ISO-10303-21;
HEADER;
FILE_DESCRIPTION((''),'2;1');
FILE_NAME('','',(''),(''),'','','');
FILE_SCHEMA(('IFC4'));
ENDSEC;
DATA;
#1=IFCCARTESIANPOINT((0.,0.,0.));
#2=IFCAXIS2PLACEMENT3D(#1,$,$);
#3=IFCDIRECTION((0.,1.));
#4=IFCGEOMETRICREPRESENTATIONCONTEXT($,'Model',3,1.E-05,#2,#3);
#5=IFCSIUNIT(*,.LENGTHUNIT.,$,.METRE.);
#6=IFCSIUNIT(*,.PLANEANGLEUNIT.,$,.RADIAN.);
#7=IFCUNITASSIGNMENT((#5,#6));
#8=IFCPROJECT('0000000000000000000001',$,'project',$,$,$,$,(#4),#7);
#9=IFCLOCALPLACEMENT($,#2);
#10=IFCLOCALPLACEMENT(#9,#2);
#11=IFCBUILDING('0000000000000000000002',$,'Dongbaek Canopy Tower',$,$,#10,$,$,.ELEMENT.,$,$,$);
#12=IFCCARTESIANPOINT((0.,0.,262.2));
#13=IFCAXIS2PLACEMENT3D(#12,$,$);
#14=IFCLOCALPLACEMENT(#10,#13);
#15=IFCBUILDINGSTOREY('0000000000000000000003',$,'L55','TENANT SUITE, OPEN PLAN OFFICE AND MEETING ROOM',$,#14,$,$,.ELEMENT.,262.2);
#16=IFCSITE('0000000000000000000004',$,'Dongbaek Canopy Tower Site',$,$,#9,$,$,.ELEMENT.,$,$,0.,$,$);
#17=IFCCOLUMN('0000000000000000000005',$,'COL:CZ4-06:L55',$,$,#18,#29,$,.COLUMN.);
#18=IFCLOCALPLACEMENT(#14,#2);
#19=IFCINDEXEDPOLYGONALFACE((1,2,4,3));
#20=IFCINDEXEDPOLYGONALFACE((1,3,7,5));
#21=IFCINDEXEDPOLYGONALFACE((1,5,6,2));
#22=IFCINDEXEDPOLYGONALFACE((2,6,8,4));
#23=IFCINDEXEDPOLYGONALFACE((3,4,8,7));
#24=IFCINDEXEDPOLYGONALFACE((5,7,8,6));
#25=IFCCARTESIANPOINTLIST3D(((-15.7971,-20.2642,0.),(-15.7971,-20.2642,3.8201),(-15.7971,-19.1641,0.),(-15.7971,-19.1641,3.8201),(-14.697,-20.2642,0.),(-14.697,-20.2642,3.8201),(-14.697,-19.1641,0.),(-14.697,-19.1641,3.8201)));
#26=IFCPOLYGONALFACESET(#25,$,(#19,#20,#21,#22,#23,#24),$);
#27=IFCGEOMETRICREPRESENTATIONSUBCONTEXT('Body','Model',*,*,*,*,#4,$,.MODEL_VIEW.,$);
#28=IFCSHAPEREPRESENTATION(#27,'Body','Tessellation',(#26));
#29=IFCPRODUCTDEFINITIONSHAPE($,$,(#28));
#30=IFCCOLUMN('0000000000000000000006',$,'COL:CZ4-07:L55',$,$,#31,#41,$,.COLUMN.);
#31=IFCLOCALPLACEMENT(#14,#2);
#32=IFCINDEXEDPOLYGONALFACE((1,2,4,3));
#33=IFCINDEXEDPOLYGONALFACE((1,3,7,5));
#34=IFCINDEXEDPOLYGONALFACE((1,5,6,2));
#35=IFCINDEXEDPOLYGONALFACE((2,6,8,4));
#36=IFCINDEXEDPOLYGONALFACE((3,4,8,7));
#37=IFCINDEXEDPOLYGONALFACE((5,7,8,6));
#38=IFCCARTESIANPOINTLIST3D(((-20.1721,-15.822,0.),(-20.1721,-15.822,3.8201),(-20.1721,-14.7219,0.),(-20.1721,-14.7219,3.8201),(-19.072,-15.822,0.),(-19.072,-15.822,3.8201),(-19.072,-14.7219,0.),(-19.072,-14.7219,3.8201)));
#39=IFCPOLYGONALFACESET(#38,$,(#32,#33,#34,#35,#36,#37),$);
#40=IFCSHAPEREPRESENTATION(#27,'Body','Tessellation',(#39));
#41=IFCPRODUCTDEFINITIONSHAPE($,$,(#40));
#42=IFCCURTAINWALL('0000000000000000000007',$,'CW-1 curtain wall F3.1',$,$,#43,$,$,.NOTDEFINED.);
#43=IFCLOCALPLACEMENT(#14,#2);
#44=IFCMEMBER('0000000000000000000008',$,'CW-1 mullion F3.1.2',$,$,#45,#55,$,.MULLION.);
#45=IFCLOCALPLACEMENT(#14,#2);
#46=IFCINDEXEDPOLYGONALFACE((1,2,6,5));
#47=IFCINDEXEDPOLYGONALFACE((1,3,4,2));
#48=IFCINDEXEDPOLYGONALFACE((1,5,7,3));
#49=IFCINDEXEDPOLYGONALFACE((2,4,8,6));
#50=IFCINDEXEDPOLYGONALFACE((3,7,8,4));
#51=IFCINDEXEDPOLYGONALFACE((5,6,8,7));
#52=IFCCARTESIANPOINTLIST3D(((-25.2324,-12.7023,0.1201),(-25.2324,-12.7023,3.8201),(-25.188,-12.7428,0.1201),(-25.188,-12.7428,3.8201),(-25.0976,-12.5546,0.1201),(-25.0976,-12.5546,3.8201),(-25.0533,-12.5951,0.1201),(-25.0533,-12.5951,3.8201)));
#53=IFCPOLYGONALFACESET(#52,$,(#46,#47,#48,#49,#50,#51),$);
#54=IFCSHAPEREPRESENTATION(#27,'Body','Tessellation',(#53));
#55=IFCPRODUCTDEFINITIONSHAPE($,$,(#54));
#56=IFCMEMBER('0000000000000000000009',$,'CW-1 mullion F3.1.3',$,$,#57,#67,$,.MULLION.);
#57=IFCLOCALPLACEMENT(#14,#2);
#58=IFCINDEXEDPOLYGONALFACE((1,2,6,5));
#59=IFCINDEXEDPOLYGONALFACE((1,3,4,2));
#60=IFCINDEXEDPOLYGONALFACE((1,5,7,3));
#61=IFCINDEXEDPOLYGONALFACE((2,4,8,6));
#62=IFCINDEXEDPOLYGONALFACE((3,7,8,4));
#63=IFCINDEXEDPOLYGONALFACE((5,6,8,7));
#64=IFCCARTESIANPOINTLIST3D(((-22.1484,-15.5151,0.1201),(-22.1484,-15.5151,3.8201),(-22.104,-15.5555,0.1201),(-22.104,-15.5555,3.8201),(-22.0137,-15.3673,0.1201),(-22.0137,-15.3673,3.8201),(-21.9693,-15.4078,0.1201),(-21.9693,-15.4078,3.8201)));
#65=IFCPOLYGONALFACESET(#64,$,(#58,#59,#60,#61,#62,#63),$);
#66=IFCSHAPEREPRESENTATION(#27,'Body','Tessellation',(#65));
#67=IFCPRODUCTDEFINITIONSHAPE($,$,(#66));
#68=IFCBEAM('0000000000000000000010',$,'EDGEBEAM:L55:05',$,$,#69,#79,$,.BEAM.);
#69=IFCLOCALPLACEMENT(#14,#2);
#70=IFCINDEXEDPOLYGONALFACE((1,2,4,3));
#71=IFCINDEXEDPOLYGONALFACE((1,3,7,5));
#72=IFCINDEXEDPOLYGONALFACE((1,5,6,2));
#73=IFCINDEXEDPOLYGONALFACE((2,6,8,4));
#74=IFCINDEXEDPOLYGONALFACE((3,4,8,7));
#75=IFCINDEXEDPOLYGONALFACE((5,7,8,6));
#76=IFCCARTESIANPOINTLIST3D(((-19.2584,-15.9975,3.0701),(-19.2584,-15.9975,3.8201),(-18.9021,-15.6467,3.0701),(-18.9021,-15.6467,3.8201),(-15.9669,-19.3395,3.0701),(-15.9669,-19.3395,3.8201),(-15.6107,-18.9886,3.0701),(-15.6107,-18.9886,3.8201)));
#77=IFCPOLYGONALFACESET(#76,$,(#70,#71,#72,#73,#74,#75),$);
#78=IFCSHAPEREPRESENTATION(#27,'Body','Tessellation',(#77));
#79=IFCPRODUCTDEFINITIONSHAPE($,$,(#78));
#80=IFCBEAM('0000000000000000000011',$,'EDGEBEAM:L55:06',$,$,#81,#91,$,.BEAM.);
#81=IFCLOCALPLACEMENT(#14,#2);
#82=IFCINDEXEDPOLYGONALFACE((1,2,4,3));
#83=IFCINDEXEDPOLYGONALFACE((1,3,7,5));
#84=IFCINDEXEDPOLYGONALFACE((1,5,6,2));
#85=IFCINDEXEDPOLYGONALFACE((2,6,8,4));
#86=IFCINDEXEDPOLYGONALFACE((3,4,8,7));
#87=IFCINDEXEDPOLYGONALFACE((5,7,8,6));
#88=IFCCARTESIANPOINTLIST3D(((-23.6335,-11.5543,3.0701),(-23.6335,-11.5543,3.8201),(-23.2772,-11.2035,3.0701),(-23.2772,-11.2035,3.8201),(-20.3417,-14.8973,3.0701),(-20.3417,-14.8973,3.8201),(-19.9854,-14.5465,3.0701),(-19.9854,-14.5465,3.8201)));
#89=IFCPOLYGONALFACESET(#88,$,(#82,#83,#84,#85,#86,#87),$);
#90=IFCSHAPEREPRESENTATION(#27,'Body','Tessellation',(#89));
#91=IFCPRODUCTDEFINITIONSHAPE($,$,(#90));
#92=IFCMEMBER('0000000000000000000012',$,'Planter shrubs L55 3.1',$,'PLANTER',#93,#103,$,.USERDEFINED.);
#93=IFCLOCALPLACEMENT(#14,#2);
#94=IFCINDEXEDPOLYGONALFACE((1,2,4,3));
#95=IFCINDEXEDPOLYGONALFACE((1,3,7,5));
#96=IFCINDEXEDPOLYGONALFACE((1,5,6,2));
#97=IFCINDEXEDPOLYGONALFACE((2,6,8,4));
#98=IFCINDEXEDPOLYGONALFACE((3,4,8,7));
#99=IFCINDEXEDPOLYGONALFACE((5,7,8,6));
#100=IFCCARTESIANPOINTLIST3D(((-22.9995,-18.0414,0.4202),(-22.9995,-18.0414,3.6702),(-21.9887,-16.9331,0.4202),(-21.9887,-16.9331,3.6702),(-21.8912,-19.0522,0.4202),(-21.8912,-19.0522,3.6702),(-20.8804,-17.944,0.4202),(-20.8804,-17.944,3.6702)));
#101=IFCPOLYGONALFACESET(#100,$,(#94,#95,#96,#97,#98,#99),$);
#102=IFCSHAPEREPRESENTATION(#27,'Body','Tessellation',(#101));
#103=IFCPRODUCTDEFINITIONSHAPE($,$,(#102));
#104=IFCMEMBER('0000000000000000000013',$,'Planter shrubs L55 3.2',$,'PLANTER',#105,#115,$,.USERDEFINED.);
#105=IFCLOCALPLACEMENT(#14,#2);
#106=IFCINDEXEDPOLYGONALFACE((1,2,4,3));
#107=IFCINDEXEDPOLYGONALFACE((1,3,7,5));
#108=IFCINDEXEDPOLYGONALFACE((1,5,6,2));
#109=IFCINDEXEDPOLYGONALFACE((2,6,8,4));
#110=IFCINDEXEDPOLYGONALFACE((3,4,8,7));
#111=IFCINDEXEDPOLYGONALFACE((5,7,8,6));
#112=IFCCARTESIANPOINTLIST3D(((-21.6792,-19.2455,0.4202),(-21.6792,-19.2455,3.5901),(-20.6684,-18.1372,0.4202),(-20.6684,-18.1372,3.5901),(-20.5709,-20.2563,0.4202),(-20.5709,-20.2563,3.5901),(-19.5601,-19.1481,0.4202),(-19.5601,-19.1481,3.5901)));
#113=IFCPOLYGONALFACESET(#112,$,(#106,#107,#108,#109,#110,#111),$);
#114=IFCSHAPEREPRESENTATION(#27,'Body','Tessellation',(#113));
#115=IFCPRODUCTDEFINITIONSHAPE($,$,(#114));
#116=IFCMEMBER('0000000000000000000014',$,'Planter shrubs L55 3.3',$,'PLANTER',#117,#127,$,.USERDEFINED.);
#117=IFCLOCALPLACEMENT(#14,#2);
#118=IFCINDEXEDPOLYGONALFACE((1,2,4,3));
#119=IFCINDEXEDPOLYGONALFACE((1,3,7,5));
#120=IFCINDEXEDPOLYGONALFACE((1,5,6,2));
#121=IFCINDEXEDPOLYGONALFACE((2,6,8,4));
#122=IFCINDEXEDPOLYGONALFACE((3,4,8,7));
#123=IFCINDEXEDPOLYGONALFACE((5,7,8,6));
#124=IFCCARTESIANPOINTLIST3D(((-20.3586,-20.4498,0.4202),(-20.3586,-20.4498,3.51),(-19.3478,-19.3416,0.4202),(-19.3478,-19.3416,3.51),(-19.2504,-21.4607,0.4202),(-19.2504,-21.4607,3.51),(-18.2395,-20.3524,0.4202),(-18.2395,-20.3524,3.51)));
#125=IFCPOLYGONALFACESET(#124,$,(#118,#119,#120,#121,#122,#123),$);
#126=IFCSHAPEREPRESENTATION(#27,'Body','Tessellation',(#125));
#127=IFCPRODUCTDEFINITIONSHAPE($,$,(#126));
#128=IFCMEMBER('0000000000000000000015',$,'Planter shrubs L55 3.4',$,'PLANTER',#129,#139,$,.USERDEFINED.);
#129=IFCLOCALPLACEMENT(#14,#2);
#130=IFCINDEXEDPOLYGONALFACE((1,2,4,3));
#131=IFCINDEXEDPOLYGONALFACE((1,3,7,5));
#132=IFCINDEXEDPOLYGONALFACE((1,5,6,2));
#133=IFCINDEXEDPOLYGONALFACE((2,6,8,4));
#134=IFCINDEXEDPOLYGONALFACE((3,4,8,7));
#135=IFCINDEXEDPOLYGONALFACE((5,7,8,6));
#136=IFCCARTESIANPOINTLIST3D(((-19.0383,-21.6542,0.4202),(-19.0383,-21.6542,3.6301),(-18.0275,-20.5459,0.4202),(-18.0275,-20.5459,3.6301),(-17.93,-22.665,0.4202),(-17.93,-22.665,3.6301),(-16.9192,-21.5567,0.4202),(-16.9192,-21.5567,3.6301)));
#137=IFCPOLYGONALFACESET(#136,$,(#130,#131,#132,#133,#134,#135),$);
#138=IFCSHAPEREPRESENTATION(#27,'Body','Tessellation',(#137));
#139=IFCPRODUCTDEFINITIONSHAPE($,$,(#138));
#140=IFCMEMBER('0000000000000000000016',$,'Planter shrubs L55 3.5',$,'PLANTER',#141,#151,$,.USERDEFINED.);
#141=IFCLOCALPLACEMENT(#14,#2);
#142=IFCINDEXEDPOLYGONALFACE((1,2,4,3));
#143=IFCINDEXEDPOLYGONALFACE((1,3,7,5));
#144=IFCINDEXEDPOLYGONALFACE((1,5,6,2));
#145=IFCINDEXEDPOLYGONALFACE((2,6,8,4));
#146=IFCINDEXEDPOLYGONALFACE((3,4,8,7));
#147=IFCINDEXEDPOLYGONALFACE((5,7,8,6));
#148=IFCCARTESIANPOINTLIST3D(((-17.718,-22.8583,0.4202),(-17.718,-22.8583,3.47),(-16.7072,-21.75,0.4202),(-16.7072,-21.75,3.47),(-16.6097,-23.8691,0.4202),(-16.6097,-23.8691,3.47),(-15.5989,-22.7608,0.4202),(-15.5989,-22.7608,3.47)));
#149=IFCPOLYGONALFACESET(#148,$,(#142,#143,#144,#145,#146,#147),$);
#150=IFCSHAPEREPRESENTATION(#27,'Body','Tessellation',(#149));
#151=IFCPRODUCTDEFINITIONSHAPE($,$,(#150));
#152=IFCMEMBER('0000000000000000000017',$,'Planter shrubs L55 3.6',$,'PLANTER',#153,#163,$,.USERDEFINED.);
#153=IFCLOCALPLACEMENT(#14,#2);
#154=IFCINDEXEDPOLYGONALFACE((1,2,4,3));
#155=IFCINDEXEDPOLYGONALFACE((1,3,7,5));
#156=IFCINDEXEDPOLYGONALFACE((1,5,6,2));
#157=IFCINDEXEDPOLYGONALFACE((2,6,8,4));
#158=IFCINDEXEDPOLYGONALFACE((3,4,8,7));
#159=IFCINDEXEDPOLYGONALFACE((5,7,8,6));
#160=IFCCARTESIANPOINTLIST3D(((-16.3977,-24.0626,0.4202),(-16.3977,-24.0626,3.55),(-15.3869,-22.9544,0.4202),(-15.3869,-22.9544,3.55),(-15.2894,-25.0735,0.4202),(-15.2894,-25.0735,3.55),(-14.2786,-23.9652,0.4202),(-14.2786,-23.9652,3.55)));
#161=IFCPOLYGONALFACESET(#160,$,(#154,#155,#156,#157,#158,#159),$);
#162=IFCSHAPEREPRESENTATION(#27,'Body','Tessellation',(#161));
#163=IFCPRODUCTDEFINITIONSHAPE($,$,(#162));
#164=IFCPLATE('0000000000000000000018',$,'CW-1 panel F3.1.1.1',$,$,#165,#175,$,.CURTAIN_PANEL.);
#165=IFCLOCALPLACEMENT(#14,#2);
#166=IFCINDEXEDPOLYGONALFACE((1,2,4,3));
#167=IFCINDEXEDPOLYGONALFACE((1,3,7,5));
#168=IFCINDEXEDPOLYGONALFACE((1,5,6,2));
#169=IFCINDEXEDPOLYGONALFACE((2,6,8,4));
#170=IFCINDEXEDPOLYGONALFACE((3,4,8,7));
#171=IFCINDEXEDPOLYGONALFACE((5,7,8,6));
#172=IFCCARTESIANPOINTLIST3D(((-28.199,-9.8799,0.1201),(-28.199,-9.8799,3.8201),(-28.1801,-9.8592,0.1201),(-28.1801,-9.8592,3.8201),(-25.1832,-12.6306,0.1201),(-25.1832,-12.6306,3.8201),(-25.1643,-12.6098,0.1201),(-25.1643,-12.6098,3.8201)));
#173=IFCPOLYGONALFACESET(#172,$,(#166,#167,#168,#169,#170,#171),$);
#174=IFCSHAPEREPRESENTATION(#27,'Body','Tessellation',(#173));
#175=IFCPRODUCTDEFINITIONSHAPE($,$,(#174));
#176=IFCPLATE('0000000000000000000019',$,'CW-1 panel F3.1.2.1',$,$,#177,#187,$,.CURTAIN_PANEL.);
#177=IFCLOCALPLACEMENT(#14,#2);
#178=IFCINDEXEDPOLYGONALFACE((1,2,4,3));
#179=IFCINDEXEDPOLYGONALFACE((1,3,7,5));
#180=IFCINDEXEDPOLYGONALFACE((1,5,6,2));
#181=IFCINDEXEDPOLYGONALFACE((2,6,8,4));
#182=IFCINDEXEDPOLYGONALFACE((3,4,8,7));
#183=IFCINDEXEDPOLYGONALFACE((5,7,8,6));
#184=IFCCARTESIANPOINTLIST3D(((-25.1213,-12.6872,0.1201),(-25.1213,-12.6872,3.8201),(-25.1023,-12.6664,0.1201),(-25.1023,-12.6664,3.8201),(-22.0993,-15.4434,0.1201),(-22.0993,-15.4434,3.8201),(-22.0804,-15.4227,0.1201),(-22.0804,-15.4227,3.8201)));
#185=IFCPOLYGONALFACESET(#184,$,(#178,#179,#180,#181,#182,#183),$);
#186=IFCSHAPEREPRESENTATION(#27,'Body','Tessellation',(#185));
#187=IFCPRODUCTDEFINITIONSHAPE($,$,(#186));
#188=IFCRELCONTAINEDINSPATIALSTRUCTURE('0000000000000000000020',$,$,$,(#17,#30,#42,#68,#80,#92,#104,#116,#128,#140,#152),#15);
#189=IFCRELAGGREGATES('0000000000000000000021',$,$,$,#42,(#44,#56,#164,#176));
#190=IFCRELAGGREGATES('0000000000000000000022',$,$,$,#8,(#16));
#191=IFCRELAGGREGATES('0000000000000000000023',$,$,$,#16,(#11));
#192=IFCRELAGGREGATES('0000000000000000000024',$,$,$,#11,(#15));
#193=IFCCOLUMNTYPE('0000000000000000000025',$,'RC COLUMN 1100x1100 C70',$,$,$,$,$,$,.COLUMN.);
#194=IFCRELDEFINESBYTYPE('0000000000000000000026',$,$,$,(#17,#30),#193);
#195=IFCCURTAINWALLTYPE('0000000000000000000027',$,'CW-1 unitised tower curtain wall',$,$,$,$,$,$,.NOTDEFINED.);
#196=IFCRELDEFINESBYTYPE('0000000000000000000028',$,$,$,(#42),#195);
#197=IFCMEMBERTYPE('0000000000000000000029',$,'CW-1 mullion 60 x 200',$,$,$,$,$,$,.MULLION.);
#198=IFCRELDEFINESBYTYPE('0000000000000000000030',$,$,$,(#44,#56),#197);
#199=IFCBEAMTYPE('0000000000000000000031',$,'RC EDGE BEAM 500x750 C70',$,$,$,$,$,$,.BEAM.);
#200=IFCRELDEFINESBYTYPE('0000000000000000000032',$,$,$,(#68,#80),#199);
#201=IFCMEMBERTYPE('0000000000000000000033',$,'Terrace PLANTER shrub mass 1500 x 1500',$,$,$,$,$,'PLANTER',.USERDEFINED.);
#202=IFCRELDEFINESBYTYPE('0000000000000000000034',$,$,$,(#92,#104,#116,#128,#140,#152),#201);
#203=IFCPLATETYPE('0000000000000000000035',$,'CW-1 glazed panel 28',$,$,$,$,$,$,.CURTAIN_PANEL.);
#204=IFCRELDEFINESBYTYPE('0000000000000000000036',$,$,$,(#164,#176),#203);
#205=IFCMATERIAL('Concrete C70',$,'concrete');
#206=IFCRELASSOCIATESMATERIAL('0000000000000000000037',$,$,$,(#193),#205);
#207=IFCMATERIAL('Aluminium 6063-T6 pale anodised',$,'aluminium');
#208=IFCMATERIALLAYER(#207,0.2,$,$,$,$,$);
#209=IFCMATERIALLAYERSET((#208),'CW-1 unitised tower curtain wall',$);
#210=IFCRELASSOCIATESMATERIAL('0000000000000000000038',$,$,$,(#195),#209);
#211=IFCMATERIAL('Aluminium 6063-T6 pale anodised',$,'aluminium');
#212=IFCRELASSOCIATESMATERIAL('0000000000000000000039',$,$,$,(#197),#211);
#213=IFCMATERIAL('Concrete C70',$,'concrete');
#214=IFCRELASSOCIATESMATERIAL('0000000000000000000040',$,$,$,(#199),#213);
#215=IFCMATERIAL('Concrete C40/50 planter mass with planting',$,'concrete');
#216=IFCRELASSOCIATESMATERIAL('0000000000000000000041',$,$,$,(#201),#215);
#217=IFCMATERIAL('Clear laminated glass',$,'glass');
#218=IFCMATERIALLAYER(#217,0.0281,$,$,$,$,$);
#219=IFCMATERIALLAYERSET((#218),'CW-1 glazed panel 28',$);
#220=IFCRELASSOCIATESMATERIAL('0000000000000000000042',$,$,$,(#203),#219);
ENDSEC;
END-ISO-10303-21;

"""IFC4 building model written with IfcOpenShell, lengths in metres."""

from ifc_helpers import new_model, si_unit, direction, frame, origin, origin_2d, place, context, subcontext, project, spatial, rectangle, extrude, material, layer, layer_set, material_profile, profile_set, type_object, element, aggregate, save


model = new_model("IFC4")

# Units and contexts
model_context = context("Model", 3, precision=1e-05, world=origin(), true_north=direction((0.0, 1.0)))
body_context = subcontext(model_context, "Body", "Model", "MODEL_VIEW")
ifc_project = project(units=[si_unit("LENGTHUNIT", "METRE"), si_unit("PLANEANGLEUNIT", "RADIAN")], contexts=[model_context])

# Site, building, storey
site_placement = place(None, origin())
site = spatial("IfcSite", under=ifc_project, at=site_placement, Name="Dongbaek Canopy Tower Site", CompositionType="ELEMENT", RefElevation=0.0)
building_placement = place(site_placement, origin())
building = spatial("IfcBuilding", under=site, at=building_placement, Name="Dongbaek Canopy Tower", CompositionType="ELEMENT")
storey_placement = place(building_placement, frame((0.0, 0.0, 262.2)))
storey = spatial("IfcBuildingStorey", under=building, at=storey_placement, Name="L55", Description="TENANT SUITE, OPEN PLAN OFFICE AND MEETING ROOM", CompositionType="ELEMENT", Elevation=262.2)

# Columns
ifc_material_1 = material(Name="Concrete C70", Category="concrete")
ifc_material_profile_1 = material_profile(ifc_material_1, rectangle(XDim=1.1001, YDim=1.1001, at=origin_2d()), Name="RC COLUMN 1100x1100 C70")
ifc_profile_set_1 = profile_set([ifc_material_profile_1], Name="Concrete C70")
column_type = type_object("IfcColumnType", Name="RC COLUMN 1100x1100 C70", PredefinedType="COLUMN", material=ifc_profile_set_1)
for number, where, z_axis, x_axis, name in (
    (1, (-15.2471, -19.7141, 0.0), (0.0, 0.0, 1.0), (1.0, 0.0, 0.0), "COL:CZ4-06:L55"),
    (2, (-19.6221, -15.272, 0.0), (0.0, 0.0, 1.0), (1.0, 0.0, 0.0), "COL:CZ4-07:L55"),
):
    element("IfcColumn", number, at=place(storey_placement, frame(where, z_axis=z_axis, x_axis=x_axis)), inside=storey, type_object=column_type, Name=name, PredefinedType="COLUMN", context=body_context, shape_type="SweptSolid", body=[
        extrude(rectangle(XDim=1.1001, YDim=1.1001, at=origin_2d()), origin(), (0.0, 0.0, 1.0), 3.8201),
    ])

# Curtain wall, members
ifc_material_2 = material(Name="Aluminium 6063-T6 pale anodised", Category="aluminium")
ifc_layer_1 = layer(ifc_material_2, 0.2)
ifc_layer_set_1 = layer_set([ifc_layer_1], Name="CW-1 unitised tower curtain wall")
curtain_wall_type = type_object("IfcCurtainWallType", Name="CW-1 unitised tower curtain wall", PredefinedType="NOTDEFINED", material=ifc_layer_set_1)
curtain_wall_placement = place(storey_placement, origin())
curtain_wall = element("IfcCurtainWall", 3, at=curtain_wall_placement, inside=storey, type_object=curtain_wall_type, Name="CW-1 curtain wall F3.1", PredefinedType="NOTDEFINED")
ifc_material_3 = material(Name="Aluminium 6063-T6 pale anodised", Category="aluminium")
ifc_material_profile_2 = material_profile(ifc_material_3, rectangle(XDim=0.2, YDim=0.0601, at=origin_2d()), Name="CW-1 mullion 60 x 200")
ifc_profile_set_2 = profile_set([ifc_material_profile_2], Name="Aluminium 6063-T6 pale anodised")
member_type_1 = type_object("IfcMemberType", Name="CW-1 mullion 60 x 200", PredefinedType="MULLION", material=ifc_profile_set_2)
member_1_placement = place(storey_placement, frame((-25.1428, -12.6487, 0.1201), z_axis=(0.0, 0.0, 1.0), x_axis=(-0.673879, -0.738841, 0.0)))
member_1 = element("IfcMember", 4, at=member_1_placement, type_object=member_type_1, Name="CW-1 mullion F3.1.2", PredefinedType="MULLION", context=body_context, shape_type="SweptSolid", body=[
    extrude(rectangle(XDim=0.2, YDim=0.0601, at=origin_2d()), origin(), (0.0, 0.0, 1.0), 3.7),
])
member_2_placement = place(storey_placement, frame((-22.0588, -15.4614, 0.1201), z_axis=(0.0, 0.0, 1.0), x_axis=(-0.673879, -0.738841, 0.0)))
member_2 = element("IfcMember", 5, at=member_2_placement, type_object=member_type_1, Name="CW-1 mullion F3.1.3", PredefinedType="MULLION", context=body_context, shape_type="SweptSolid", body=[
    extrude(rectangle(XDim=0.2, YDim=0.0601, at=origin_2d()), origin(), (0.0, 0.0, 1.0), 3.7),
])

# Beams
ifc_material_4 = material(Name="Concrete C70", Category="concrete")
ifc_material_profile_3 = material_profile(ifc_material_4, rectangle(XDim=0.5, YDim=0.75, at=origin_2d()), Name="RC EDGE BEAM 500x750 C70")
ifc_profile_set_3 = profile_set([ifc_material_profile_3], Name="Concrete C70")
beam_type = type_object("IfcBeamType", Name="RC EDGE BEAM 500x750 C70", PredefinedType="BEAM", material=ifc_profile_set_3)
beam_1_placement = place(storey_placement, frame((-15.7888, -19.1641, 3.4451), z_axis=(-0.701699, 0.712473, 0.0), x_axis=(-0.712473, -0.701699, 0.0)))
element("IfcBeam", 6, at=beam_1_placement, inside=storey, type_object=beam_type, Name="EDGEBEAM:L55:05", PredefinedType="BEAM", context=body_context, shape_type="SweptSolid", body=[
    extrude(rectangle(XDim=0.5, YDim=0.75, at=origin_2d()), origin(), (0.0, 0.0, 1.0), 4.6907),
])
beam_2_placement = place(storey_placement, frame((-20.1636, -14.7219, 3.4451), z_axis=(-0.701622, 0.71255, 0.0), x_axis=(-0.71255, -0.701622, 0.0)))
element("IfcBeam", 7, at=beam_2_placement, inside=storey, type_object=beam_type, Name="EDGEBEAM:L55:06", PredefinedType="BEAM", context=body_context, shape_type="SweptSolid", body=[
    extrude(rectangle(XDim=0.5, YDim=0.75, at=origin_2d()), origin(), (0.0, 0.0, 1.0), 4.6917),
])

# Members
ifc_material_5 = material(Name="Concrete C40/50 planter mass with planting", Category="concrete")
ifc_material_profile_4 = material_profile(ifc_material_5, rectangle(XDim=1.5, YDim=1.5, at=origin_2d()), Name="Terrace PLANTER shrub mass 1500 x 1500")
ifc_profile_set_4 = profile_set([ifc_material_profile_4], Name="Concrete C40/50 planter mass with planting")
member_type_2 = type_object("IfcMemberType", Name="Terrace PLANTER shrub mass 1500 x 1500", ElementType="PLANTER", PredefinedType="USERDEFINED", material=ifc_profile_set_4)
member_3_placement = place(storey_placement, frame((-21.9399, -17.9927, 0.4202), z_axis=(0.0, 0.0, 1.0), x_axis=(-0.673879, -0.738841, 0.0)))
element("IfcMember", 8, at=member_3_placement, inside=storey, type_object=member_type_2, Name="Planter shrubs L55 3.1", ObjectType="PLANTER", PredefinedType="USERDEFINED", context=body_context, shape_type="SweptSolid", body=[
    extrude(rectangle(XDim=1.5, YDim=1.5, at=origin_2d()), origin(), (0.0, 0.0, 1.0), 3.25),
])
member_4_placement = place(storey_placement, frame((-20.6196, -19.1968, 0.4202), z_axis=(0.0, 0.0, 1.0), x_axis=(-0.673879, -0.738841, 0.0)))
element("IfcMember", 9, at=member_4_placement, inside=storey, type_object=member_type_2, Name="Planter shrubs L55 3.2", ObjectType="PLANTER", PredefinedType="USERDEFINED", context=body_context, shape_type="SweptSolid", body=[
    extrude(rectangle(XDim=1.5, YDim=1.5, at=origin_2d()), origin(), (0.0, 0.0, 1.0), 3.1699),
])
member_5_placement = place(storey_placement, frame((-19.2991, -20.4011, 0.4202), z_axis=(0.0, 0.0, 1.0), x_axis=(-0.673879, -0.738841, 0.0)))
element("IfcMember", 10, at=member_5_placement, inside=storey, type_object=member_type_2, Name="Planter shrubs L55 3.3", ObjectType="PLANTER", PredefinedType="USERDEFINED", context=body_context, shape_type="SweptSolid", body=[
    extrude(rectangle(XDim=1.5, YDim=1.5, at=origin_2d()), origin(), (0.0, 0.0, 1.0), 3.0898),
])
member_6_placement = place(storey_placement, frame((-17.9788, -21.6055, 0.4202), z_axis=(0.0, 0.0, 1.0), x_axis=(-0.673879, -0.738841, 0.0)))
element("IfcMember", 11, at=member_6_placement, inside=storey, type_object=member_type_2, Name="Planter shrubs L55 3.4", ObjectType="PLANTER", PredefinedType="USERDEFINED", context=body_context, shape_type="SweptSolid", body=[
    extrude(rectangle(XDim=1.5, YDim=1.5, at=origin_2d()), origin(), (0.0, 0.0, 1.0), 3.21),
])
member_7_placement = place(storey_placement, frame((-16.6584, -22.8096, 0.4202), z_axis=(0.0, 0.0, 1.0), x_axis=(-0.673879, -0.738841, 0.0)))
element("IfcMember", 12, at=member_7_placement, inside=storey, type_object=member_type_2, Name="Planter shrubs L55 3.5", ObjectType="PLANTER", PredefinedType="USERDEFINED", context=body_context, shape_type="SweptSolid", body=[
    extrude(rectangle(XDim=1.5, YDim=1.5, at=origin_2d()), origin(), (0.0, 0.0, 1.0), 3.0498),
])
member_8_placement = place(storey_placement, frame((-15.3381, -24.0139, 0.4202), z_axis=(0.0, 0.0, 1.0), x_axis=(-0.673879, -0.738841, 0.0)))
element("IfcMember", 13, at=member_8_placement, inside=storey, type_object=member_type_2, Name="Planter shrubs L55 3.6", ObjectType="PLANTER", PredefinedType="USERDEFINED", context=body_context, shape_type="SweptSolid", body=[
    extrude(rectangle(XDim=1.5, YDim=1.5, at=origin_2d()), origin(), (0.0, 0.0, 1.0), 3.1299),
])

# Plates
ifc_material_6 = material(Name="Clear laminated glass", Category="glass")
ifc_layer_2 = layer(ifc_material_6, 0.0281)
ifc_layer_set_2 = layer_set([ifc_layer_2], Name="CW-1 glazed panel 28")
plate_type = type_object("IfcPlateType", Name="CW-1 glazed panel 28", PredefinedType="CURTAIN_PANEL", material=ifc_layer_set_2)
plate_1_placement = place(storey_placement, frame((-26.6816, -11.2449, 0.1201), z_axis=(0.0, 0.0, 1.0), x_axis=(0.738841, -0.673879, 0.0)))
plate_1 = element("IfcPlate", 14, at=plate_1_placement, type_object=plate_type, Name="CW-1 panel F3.1.1.1", PredefinedType="CURTAIN_PANEL", context=body_context, shape_type="SweptSolid", body=[
    extrude(rectangle(XDim=4.0818, YDim=0.0281, at=origin_2d()), origin(), (0.0, 0.0, 1.0), 3.7),
])
plate_2_placement = place(storey_placement, frame((-23.6008, -14.0549, 0.1201), z_axis=(0.0, 0.0, 1.0), x_axis=(0.738841, -0.673879, 0.0)))
plate_2 = element("IfcPlate", 15, at=plate_2_placement, type_object=plate_type, Name="CW-1 panel F3.1.2.1", PredefinedType="CURTAIN_PANEL", context=body_context, shape_type="SweptSolid", body=[
    extrude(rectangle(XDim=4.0901, YDim=0.0281, at=origin_2d()), origin(), (0.0, 0.0, 1.0), 3.7),
])

aggregate(curtain_wall, [member_1, member_2, plate_1, plate_2])

save(model, "model.ifc")
